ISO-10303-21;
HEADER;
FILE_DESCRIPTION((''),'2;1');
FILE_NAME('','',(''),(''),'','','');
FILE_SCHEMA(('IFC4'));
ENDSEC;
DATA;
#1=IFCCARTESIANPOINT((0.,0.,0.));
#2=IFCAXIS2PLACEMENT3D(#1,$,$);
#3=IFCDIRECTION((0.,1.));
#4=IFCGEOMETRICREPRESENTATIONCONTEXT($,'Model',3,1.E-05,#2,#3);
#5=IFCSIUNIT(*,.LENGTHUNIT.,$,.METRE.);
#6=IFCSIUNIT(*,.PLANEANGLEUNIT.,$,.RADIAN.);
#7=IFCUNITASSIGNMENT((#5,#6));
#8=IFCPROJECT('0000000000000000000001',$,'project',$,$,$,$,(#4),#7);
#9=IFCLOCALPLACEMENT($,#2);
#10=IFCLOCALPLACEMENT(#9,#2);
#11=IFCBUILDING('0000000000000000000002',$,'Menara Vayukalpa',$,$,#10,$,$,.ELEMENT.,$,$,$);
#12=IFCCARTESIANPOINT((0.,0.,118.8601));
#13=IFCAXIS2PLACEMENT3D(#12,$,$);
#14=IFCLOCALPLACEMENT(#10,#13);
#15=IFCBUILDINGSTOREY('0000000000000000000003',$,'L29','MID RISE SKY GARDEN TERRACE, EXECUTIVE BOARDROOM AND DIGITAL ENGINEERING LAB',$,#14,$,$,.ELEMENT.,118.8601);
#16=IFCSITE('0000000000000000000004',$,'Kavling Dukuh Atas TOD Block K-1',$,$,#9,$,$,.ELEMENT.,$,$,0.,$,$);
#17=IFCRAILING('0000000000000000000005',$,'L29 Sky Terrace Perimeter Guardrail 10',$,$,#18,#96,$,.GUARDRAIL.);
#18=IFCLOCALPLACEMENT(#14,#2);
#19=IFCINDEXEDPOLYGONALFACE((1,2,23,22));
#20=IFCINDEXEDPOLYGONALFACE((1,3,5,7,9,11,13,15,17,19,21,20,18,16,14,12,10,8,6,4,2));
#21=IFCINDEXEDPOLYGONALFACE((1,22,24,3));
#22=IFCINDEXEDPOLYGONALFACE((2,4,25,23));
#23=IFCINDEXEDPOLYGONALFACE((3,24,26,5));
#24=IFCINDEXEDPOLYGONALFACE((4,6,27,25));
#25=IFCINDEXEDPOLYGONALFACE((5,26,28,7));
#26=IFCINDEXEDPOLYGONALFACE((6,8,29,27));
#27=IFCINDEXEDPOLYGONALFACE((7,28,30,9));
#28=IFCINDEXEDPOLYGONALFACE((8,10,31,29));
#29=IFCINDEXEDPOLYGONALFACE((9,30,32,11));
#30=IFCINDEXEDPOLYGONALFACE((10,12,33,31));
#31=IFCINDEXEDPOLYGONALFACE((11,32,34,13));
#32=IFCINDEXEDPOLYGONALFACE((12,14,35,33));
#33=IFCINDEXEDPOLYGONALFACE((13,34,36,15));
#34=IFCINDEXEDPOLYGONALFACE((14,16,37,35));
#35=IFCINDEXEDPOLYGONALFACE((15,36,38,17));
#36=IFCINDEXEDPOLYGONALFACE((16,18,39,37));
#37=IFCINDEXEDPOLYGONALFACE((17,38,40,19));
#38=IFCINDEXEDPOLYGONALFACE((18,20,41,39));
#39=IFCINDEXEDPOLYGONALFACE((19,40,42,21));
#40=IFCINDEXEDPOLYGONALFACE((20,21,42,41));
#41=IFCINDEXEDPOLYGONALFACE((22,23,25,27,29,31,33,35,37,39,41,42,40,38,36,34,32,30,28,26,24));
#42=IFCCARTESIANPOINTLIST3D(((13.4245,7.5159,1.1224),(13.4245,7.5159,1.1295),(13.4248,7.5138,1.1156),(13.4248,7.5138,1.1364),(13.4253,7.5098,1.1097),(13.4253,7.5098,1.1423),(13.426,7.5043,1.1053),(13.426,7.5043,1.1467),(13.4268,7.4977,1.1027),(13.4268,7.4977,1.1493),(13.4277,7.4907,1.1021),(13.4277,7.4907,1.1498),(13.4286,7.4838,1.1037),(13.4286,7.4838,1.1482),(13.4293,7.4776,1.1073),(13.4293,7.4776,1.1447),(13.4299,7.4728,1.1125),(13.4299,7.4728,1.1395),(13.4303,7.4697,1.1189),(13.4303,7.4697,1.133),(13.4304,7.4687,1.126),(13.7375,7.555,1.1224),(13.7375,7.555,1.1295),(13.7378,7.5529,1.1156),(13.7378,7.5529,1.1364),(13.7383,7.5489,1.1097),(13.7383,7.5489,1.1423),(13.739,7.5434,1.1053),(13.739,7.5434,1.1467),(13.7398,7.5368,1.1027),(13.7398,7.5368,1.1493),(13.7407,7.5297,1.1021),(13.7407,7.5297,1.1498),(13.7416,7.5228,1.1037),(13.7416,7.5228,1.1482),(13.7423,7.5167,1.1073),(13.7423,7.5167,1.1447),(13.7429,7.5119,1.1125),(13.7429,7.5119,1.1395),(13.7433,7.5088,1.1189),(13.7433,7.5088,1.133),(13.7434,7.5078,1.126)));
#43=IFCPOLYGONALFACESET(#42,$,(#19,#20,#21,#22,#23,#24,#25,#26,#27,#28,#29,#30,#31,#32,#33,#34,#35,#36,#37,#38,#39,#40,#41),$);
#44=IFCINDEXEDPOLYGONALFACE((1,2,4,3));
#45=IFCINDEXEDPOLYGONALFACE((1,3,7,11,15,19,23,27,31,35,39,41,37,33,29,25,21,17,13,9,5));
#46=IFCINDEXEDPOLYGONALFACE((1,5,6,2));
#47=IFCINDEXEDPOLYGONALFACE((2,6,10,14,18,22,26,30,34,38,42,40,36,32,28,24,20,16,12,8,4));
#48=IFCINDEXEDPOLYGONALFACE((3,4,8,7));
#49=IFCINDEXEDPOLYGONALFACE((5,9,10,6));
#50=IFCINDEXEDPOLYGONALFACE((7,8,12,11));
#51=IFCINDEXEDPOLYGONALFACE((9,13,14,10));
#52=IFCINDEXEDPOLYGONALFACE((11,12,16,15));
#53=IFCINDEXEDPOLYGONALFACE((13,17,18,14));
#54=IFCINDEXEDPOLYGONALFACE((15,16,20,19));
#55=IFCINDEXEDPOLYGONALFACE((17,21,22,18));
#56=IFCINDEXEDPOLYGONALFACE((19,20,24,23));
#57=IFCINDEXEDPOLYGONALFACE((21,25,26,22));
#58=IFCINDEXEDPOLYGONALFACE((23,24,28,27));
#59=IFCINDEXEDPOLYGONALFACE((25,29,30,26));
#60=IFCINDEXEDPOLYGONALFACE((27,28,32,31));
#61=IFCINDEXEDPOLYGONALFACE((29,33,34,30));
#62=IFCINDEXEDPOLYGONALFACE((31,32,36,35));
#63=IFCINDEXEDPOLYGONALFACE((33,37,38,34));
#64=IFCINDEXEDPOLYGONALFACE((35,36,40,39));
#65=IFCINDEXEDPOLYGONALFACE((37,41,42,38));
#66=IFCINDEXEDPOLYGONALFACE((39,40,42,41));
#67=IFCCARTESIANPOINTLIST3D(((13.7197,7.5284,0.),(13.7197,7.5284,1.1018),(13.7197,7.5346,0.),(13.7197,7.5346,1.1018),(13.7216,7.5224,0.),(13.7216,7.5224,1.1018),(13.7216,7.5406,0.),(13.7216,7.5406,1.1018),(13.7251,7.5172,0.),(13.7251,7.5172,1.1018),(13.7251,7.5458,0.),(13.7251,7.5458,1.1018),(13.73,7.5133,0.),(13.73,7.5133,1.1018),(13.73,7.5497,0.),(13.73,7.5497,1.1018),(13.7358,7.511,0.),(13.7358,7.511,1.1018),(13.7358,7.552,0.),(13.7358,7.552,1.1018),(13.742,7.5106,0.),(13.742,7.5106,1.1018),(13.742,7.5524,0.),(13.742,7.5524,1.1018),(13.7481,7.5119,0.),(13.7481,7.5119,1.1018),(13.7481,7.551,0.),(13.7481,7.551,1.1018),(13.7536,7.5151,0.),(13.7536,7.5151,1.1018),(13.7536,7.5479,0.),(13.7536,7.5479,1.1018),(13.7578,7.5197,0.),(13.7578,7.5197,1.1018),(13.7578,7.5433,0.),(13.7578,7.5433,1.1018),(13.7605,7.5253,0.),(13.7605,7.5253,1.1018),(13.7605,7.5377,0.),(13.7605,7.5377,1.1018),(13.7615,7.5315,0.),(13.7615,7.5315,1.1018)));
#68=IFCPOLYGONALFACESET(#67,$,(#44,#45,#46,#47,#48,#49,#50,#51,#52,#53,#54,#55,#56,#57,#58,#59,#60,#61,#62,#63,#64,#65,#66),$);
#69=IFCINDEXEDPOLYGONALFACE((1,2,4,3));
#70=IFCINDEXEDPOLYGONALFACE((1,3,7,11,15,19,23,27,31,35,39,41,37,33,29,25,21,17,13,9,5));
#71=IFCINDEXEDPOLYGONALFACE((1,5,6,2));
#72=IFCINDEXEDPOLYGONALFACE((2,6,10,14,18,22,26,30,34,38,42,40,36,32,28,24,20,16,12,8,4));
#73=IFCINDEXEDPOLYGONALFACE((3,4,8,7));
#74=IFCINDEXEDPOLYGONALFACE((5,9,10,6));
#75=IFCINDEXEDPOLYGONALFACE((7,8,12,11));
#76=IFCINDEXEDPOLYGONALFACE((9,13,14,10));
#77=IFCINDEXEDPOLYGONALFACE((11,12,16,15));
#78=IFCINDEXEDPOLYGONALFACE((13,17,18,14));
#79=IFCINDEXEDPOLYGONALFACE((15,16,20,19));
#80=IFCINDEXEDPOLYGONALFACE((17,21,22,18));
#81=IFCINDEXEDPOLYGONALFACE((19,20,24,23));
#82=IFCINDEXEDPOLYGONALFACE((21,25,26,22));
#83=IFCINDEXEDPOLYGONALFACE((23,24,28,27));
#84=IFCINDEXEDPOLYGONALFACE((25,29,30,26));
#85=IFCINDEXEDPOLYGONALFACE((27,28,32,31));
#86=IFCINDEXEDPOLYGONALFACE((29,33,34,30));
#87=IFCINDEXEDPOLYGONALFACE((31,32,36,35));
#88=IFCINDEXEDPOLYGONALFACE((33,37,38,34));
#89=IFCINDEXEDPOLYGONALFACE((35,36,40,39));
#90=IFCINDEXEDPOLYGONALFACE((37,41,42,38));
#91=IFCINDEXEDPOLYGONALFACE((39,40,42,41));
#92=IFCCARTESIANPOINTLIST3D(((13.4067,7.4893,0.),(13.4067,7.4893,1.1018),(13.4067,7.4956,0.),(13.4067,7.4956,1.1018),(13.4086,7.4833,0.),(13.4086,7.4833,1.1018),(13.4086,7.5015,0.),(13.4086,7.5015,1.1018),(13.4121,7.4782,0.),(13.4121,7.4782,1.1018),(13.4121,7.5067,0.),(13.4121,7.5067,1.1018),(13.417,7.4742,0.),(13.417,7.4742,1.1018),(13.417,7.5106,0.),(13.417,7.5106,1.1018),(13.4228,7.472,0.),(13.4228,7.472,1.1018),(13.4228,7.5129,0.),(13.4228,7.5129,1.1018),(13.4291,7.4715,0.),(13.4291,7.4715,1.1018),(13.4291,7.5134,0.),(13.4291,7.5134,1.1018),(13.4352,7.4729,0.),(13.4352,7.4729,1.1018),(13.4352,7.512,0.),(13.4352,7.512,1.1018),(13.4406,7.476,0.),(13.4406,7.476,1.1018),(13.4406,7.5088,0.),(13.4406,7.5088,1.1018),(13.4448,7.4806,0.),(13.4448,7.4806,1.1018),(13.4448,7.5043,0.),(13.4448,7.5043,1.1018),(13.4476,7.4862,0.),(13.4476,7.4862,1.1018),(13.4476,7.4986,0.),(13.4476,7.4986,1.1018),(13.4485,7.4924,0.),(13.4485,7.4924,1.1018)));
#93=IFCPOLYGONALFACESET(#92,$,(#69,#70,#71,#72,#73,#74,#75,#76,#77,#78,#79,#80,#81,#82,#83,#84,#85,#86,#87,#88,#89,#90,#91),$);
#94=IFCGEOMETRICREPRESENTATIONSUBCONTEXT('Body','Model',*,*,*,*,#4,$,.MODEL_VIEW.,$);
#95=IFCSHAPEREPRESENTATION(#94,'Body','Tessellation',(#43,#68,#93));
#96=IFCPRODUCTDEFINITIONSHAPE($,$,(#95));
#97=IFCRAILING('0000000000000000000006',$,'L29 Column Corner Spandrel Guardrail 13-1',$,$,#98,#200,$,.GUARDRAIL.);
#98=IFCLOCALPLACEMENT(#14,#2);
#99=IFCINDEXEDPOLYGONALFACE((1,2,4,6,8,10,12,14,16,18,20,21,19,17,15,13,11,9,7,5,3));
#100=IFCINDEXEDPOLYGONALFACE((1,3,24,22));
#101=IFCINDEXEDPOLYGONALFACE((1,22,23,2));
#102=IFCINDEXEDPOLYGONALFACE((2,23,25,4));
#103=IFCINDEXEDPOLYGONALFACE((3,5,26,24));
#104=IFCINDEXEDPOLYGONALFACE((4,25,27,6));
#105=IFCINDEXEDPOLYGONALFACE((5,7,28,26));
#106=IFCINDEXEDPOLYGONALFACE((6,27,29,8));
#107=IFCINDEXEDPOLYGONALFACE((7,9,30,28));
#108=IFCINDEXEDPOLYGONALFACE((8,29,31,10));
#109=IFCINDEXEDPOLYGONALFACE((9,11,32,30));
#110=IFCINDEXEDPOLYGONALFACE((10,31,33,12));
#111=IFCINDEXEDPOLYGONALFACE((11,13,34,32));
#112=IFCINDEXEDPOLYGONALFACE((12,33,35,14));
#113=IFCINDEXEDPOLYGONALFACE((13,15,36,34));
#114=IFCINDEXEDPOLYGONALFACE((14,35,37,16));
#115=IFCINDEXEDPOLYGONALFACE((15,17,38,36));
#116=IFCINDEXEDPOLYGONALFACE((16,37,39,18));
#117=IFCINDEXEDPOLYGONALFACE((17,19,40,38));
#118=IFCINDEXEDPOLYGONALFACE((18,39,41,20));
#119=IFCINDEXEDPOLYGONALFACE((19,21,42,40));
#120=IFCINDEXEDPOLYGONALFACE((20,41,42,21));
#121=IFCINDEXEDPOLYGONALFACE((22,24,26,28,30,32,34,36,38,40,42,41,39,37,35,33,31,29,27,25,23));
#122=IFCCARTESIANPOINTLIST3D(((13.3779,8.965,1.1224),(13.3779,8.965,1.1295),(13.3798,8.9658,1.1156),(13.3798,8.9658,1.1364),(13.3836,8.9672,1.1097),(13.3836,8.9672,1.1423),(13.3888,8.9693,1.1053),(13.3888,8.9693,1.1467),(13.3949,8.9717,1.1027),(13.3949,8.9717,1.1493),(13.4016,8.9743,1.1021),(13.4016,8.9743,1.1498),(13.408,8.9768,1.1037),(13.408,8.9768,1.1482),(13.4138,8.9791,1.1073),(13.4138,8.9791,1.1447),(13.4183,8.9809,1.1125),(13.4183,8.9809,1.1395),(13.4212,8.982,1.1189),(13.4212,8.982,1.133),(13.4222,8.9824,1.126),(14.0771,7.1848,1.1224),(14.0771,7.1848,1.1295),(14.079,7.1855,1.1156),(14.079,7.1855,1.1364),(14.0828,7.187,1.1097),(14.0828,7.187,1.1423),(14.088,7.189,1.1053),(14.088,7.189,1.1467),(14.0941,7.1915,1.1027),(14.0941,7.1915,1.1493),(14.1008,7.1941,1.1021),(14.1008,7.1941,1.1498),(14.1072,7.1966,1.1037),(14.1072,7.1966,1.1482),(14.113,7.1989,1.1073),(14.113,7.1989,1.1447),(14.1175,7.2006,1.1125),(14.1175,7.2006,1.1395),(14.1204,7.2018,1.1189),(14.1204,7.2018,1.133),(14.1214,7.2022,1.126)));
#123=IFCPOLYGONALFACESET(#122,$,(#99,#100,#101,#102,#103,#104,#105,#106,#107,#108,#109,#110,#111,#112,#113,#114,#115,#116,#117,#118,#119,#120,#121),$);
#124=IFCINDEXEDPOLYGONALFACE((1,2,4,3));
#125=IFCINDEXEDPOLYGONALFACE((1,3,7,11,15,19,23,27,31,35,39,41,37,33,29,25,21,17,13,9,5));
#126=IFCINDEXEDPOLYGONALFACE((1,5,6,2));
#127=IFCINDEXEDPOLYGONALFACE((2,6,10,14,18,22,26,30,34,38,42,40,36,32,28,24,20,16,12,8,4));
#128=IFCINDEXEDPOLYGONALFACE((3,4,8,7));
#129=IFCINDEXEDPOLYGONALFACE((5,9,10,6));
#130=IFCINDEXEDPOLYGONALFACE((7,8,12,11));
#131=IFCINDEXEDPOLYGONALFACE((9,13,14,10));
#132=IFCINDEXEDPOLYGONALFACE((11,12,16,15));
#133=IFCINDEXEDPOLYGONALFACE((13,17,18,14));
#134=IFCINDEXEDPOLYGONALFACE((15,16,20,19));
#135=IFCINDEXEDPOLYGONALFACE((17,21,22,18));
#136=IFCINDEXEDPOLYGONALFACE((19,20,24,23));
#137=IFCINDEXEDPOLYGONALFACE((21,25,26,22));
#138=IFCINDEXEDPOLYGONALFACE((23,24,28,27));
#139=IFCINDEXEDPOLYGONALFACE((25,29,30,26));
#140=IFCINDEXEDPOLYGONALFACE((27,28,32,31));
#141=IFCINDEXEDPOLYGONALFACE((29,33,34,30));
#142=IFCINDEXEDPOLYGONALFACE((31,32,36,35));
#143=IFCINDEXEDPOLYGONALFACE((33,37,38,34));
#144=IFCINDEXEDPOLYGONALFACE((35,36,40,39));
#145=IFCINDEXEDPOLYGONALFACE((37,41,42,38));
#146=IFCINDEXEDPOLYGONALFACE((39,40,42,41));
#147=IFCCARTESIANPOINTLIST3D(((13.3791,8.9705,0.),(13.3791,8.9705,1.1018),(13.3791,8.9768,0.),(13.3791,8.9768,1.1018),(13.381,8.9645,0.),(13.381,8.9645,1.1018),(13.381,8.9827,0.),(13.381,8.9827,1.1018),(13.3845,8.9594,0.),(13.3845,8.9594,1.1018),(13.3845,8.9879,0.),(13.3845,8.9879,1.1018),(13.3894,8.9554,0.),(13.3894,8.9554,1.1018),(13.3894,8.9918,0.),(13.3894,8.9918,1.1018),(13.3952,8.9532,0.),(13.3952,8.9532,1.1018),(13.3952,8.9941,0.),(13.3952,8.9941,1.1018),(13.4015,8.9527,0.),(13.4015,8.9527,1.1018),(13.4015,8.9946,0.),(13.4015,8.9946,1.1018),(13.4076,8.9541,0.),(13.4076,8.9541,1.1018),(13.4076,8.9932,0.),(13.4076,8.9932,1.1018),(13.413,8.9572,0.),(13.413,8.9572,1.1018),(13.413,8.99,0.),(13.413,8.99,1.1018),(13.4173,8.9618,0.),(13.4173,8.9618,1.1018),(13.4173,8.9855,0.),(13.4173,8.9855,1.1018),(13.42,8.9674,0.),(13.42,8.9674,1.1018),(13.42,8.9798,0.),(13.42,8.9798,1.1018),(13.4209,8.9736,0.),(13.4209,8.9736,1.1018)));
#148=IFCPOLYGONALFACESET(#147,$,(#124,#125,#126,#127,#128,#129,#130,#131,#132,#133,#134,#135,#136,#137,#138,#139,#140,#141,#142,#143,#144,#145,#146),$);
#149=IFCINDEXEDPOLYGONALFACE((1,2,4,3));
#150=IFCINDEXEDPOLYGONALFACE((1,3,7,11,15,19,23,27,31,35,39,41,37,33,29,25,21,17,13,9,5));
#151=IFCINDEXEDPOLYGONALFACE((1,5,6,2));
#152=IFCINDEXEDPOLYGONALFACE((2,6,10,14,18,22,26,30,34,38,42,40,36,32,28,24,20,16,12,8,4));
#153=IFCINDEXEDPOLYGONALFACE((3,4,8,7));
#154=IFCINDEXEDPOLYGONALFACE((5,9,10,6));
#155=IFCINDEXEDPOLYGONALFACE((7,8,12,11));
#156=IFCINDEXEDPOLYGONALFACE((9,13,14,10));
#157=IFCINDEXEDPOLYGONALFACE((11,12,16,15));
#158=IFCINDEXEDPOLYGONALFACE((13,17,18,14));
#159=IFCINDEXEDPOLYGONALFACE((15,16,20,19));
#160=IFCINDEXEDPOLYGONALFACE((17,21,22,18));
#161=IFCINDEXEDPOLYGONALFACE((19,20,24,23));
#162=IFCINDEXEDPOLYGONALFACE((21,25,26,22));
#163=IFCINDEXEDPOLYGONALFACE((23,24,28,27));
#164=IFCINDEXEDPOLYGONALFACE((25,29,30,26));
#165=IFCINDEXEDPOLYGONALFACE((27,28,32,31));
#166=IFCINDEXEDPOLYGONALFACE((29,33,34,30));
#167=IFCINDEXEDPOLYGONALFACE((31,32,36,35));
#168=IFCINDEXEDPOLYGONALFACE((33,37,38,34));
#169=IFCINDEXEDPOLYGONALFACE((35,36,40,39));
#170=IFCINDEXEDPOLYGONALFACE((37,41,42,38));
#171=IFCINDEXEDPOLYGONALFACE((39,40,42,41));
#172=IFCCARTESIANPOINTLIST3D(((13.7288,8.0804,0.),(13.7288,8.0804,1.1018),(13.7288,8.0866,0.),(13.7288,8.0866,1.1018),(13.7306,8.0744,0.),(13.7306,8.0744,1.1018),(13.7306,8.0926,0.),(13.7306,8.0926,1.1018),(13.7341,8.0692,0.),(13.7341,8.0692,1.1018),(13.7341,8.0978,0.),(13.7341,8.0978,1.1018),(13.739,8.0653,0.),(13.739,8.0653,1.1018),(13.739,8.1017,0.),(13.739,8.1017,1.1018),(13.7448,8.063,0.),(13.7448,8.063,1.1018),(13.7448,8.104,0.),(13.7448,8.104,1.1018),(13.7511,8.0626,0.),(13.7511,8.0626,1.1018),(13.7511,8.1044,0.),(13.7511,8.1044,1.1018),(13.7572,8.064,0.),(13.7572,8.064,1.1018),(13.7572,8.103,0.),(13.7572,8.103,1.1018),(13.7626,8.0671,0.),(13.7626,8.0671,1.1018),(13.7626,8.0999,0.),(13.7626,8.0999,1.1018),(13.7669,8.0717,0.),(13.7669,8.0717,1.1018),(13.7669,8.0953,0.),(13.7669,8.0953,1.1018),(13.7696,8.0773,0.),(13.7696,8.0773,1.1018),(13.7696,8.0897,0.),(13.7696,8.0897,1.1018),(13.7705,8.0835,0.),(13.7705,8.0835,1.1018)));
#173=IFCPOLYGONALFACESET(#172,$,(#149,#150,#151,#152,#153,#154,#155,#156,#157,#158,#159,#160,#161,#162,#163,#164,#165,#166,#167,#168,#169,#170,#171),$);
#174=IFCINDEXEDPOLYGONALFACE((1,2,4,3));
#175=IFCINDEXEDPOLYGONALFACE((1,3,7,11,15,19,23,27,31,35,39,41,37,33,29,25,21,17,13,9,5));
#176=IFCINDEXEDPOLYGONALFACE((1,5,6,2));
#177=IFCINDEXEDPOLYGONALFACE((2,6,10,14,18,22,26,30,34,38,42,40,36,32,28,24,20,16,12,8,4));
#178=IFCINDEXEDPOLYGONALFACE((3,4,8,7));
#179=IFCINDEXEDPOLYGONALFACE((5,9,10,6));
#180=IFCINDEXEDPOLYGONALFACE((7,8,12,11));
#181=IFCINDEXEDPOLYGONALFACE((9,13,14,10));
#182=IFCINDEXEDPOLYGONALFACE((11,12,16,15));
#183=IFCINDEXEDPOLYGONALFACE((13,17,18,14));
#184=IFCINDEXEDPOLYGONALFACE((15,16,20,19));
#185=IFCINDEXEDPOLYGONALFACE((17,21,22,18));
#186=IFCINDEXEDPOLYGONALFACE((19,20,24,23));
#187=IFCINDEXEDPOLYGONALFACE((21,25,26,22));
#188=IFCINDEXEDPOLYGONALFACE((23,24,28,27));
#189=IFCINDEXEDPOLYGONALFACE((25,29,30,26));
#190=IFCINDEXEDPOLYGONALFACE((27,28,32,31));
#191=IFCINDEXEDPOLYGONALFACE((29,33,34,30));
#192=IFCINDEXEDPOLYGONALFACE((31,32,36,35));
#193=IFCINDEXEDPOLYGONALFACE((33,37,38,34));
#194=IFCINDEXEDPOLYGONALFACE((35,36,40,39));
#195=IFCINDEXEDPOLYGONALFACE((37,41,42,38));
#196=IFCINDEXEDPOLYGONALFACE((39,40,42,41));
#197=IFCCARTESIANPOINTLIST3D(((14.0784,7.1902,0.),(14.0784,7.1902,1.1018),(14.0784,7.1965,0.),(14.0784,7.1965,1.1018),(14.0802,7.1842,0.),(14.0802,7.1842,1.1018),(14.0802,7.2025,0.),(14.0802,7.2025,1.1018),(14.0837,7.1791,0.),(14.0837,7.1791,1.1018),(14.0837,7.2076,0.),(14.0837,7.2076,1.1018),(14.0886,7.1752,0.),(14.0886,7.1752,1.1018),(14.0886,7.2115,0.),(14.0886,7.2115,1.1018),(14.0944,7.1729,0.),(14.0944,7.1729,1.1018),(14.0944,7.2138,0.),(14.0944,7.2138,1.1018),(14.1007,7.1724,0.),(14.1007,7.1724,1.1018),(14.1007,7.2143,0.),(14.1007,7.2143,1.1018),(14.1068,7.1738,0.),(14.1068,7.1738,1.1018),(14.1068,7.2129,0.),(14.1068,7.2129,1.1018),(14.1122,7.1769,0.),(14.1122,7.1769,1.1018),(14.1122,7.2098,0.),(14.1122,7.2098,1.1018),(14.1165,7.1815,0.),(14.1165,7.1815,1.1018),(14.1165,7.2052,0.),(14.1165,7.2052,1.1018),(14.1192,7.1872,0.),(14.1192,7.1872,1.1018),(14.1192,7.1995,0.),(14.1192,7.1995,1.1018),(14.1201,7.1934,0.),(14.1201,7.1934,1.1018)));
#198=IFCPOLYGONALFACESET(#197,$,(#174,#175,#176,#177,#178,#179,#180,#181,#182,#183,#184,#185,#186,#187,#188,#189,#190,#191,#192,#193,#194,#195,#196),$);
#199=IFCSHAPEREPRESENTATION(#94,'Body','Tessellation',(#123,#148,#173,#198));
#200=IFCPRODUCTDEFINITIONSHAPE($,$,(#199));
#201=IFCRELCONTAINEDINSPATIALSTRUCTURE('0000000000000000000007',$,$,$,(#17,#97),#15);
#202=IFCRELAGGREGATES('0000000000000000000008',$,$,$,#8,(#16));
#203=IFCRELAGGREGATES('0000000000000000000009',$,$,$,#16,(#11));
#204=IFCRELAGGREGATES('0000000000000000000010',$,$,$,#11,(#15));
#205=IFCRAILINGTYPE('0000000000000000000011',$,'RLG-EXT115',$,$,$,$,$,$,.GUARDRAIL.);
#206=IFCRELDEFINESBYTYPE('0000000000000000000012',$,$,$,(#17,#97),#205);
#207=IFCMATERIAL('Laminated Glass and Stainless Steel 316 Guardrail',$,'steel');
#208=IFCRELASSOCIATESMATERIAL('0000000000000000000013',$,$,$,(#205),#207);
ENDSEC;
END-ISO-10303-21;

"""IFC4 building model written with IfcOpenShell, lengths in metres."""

from ifc_helpers import new_model, si_unit, direction, frame, origin, origin_2d, place, context, subcontext, project, spatial, circle, extrude, material, type_object, element, save


model = new_model("IFC4")

# Units and contexts
model_context = context("Model", 3, precision=1e-05, world=origin(), true_north=direction((0.0, 1.0)))
body_context = subcontext(model_context, "Body", "Model", "MODEL_VIEW")
ifc_project = project(units=[si_unit("LENGTHUNIT", "METRE"), si_unit("PLANEANGLEUNIT", "RADIAN")], contexts=[model_context])

# Site, building, storey
site_placement = place(None, origin())
site = spatial("IfcSite", under=ifc_project, at=site_placement, Name="Kavling Dukuh Atas TOD Block K-1", CompositionType="ELEMENT", RefElevation=0.0)
building_placement = place(site_placement, origin())
building = spatial("IfcBuilding", under=site, at=building_placement, Name="Menara Vayukalpa", CompositionType="ELEMENT")
storey_placement = place(building_placement, frame((0.0, 0.0, 118.8601)))
storey = spatial("IfcBuildingStorey", under=building, at=storey_placement, Name="L29", Description="MID RISE SKY GARDEN TERRACE, EXECUTIVE BOARDROOM AND DIGITAL ENGINEERING LAB", CompositionType="ELEMENT", Elevation=118.8601)

# Railings
ifc_material_1 = material(Name="Laminated Glass and Stainless Steel 316 Guardrail", Category="steel")
railing_type = type_object("IfcRailingType", Name="RLG-EXT115", PredefinedType="GUARDRAIL", material=ifc_material_1)
railing_1_placement = place(storey_placement, frame((13.7405, 7.5315, 0.0)))
element("IfcRailing", 1, at=railing_1_placement, inside=storey, type_object=railing_type, Name="L29 Sky Terrace Perimeter Guardrail 10", PredefinedType="GUARDRAIL", context=body_context, shape_type="SweptSolid", body=[
    extrude(circle(Radius=0.0239, at=origin_2d()), frame((0.0, 0.0, 1.126), z_axis=(-0.992302, -0.123844, 0.0), x_axis=(0.123844, -0.992302, 0.0)), (0.0, 0.0, 1.0), 0.3154),
    extrude(circle(Radius=0.021, at=origin_2d()), origin(), (0.0, 0.0, 1.0), 1.1018),
    extrude(circle(Radius=0.021, at=origin_2d()), frame((-0.313, -0.0391, 0.0)), (0.0, 0.0, 1.0), 1.1018),
])
railing_2_placement = place(storey_placement, frame((13.3999, 8.9736, 0.0)))
element("IfcRailing", 2, at=railing_2_placement, inside=storey, type_object=railing_type, Name="L29 Column Corner Spandrel Guardrail 13-1", PredefinedType="GUARDRAIL", context=body_context, shape_type="SweptSolid", body=[
    extrude(circle(Radius=0.0239, at=origin_2d()), frame((0.0, 0.0, 1.126), z_axis=(0.365573, -0.930783, 0.0), x_axis=(0.930783, 0.365573, 0.0)), (0.0, 0.0, 1.0), 1.9126),
    extrude(circle(Radius=0.021, at=origin_2d()), origin(), (0.0, 0.0, 1.0), 1.1018),
    extrude(circle(Radius=0.021, at=origin_2d()), frame((0.3496, -0.8901, 0.0)), (0.0, 0.0, 1.0), 1.1018),
    extrude(circle(Radius=0.021, at=origin_2d()), frame((0.6992, -1.7803, 0.0)), (0.0, 0.0, 1.0), 1.1018),
])

save(model, "model.ifc")
